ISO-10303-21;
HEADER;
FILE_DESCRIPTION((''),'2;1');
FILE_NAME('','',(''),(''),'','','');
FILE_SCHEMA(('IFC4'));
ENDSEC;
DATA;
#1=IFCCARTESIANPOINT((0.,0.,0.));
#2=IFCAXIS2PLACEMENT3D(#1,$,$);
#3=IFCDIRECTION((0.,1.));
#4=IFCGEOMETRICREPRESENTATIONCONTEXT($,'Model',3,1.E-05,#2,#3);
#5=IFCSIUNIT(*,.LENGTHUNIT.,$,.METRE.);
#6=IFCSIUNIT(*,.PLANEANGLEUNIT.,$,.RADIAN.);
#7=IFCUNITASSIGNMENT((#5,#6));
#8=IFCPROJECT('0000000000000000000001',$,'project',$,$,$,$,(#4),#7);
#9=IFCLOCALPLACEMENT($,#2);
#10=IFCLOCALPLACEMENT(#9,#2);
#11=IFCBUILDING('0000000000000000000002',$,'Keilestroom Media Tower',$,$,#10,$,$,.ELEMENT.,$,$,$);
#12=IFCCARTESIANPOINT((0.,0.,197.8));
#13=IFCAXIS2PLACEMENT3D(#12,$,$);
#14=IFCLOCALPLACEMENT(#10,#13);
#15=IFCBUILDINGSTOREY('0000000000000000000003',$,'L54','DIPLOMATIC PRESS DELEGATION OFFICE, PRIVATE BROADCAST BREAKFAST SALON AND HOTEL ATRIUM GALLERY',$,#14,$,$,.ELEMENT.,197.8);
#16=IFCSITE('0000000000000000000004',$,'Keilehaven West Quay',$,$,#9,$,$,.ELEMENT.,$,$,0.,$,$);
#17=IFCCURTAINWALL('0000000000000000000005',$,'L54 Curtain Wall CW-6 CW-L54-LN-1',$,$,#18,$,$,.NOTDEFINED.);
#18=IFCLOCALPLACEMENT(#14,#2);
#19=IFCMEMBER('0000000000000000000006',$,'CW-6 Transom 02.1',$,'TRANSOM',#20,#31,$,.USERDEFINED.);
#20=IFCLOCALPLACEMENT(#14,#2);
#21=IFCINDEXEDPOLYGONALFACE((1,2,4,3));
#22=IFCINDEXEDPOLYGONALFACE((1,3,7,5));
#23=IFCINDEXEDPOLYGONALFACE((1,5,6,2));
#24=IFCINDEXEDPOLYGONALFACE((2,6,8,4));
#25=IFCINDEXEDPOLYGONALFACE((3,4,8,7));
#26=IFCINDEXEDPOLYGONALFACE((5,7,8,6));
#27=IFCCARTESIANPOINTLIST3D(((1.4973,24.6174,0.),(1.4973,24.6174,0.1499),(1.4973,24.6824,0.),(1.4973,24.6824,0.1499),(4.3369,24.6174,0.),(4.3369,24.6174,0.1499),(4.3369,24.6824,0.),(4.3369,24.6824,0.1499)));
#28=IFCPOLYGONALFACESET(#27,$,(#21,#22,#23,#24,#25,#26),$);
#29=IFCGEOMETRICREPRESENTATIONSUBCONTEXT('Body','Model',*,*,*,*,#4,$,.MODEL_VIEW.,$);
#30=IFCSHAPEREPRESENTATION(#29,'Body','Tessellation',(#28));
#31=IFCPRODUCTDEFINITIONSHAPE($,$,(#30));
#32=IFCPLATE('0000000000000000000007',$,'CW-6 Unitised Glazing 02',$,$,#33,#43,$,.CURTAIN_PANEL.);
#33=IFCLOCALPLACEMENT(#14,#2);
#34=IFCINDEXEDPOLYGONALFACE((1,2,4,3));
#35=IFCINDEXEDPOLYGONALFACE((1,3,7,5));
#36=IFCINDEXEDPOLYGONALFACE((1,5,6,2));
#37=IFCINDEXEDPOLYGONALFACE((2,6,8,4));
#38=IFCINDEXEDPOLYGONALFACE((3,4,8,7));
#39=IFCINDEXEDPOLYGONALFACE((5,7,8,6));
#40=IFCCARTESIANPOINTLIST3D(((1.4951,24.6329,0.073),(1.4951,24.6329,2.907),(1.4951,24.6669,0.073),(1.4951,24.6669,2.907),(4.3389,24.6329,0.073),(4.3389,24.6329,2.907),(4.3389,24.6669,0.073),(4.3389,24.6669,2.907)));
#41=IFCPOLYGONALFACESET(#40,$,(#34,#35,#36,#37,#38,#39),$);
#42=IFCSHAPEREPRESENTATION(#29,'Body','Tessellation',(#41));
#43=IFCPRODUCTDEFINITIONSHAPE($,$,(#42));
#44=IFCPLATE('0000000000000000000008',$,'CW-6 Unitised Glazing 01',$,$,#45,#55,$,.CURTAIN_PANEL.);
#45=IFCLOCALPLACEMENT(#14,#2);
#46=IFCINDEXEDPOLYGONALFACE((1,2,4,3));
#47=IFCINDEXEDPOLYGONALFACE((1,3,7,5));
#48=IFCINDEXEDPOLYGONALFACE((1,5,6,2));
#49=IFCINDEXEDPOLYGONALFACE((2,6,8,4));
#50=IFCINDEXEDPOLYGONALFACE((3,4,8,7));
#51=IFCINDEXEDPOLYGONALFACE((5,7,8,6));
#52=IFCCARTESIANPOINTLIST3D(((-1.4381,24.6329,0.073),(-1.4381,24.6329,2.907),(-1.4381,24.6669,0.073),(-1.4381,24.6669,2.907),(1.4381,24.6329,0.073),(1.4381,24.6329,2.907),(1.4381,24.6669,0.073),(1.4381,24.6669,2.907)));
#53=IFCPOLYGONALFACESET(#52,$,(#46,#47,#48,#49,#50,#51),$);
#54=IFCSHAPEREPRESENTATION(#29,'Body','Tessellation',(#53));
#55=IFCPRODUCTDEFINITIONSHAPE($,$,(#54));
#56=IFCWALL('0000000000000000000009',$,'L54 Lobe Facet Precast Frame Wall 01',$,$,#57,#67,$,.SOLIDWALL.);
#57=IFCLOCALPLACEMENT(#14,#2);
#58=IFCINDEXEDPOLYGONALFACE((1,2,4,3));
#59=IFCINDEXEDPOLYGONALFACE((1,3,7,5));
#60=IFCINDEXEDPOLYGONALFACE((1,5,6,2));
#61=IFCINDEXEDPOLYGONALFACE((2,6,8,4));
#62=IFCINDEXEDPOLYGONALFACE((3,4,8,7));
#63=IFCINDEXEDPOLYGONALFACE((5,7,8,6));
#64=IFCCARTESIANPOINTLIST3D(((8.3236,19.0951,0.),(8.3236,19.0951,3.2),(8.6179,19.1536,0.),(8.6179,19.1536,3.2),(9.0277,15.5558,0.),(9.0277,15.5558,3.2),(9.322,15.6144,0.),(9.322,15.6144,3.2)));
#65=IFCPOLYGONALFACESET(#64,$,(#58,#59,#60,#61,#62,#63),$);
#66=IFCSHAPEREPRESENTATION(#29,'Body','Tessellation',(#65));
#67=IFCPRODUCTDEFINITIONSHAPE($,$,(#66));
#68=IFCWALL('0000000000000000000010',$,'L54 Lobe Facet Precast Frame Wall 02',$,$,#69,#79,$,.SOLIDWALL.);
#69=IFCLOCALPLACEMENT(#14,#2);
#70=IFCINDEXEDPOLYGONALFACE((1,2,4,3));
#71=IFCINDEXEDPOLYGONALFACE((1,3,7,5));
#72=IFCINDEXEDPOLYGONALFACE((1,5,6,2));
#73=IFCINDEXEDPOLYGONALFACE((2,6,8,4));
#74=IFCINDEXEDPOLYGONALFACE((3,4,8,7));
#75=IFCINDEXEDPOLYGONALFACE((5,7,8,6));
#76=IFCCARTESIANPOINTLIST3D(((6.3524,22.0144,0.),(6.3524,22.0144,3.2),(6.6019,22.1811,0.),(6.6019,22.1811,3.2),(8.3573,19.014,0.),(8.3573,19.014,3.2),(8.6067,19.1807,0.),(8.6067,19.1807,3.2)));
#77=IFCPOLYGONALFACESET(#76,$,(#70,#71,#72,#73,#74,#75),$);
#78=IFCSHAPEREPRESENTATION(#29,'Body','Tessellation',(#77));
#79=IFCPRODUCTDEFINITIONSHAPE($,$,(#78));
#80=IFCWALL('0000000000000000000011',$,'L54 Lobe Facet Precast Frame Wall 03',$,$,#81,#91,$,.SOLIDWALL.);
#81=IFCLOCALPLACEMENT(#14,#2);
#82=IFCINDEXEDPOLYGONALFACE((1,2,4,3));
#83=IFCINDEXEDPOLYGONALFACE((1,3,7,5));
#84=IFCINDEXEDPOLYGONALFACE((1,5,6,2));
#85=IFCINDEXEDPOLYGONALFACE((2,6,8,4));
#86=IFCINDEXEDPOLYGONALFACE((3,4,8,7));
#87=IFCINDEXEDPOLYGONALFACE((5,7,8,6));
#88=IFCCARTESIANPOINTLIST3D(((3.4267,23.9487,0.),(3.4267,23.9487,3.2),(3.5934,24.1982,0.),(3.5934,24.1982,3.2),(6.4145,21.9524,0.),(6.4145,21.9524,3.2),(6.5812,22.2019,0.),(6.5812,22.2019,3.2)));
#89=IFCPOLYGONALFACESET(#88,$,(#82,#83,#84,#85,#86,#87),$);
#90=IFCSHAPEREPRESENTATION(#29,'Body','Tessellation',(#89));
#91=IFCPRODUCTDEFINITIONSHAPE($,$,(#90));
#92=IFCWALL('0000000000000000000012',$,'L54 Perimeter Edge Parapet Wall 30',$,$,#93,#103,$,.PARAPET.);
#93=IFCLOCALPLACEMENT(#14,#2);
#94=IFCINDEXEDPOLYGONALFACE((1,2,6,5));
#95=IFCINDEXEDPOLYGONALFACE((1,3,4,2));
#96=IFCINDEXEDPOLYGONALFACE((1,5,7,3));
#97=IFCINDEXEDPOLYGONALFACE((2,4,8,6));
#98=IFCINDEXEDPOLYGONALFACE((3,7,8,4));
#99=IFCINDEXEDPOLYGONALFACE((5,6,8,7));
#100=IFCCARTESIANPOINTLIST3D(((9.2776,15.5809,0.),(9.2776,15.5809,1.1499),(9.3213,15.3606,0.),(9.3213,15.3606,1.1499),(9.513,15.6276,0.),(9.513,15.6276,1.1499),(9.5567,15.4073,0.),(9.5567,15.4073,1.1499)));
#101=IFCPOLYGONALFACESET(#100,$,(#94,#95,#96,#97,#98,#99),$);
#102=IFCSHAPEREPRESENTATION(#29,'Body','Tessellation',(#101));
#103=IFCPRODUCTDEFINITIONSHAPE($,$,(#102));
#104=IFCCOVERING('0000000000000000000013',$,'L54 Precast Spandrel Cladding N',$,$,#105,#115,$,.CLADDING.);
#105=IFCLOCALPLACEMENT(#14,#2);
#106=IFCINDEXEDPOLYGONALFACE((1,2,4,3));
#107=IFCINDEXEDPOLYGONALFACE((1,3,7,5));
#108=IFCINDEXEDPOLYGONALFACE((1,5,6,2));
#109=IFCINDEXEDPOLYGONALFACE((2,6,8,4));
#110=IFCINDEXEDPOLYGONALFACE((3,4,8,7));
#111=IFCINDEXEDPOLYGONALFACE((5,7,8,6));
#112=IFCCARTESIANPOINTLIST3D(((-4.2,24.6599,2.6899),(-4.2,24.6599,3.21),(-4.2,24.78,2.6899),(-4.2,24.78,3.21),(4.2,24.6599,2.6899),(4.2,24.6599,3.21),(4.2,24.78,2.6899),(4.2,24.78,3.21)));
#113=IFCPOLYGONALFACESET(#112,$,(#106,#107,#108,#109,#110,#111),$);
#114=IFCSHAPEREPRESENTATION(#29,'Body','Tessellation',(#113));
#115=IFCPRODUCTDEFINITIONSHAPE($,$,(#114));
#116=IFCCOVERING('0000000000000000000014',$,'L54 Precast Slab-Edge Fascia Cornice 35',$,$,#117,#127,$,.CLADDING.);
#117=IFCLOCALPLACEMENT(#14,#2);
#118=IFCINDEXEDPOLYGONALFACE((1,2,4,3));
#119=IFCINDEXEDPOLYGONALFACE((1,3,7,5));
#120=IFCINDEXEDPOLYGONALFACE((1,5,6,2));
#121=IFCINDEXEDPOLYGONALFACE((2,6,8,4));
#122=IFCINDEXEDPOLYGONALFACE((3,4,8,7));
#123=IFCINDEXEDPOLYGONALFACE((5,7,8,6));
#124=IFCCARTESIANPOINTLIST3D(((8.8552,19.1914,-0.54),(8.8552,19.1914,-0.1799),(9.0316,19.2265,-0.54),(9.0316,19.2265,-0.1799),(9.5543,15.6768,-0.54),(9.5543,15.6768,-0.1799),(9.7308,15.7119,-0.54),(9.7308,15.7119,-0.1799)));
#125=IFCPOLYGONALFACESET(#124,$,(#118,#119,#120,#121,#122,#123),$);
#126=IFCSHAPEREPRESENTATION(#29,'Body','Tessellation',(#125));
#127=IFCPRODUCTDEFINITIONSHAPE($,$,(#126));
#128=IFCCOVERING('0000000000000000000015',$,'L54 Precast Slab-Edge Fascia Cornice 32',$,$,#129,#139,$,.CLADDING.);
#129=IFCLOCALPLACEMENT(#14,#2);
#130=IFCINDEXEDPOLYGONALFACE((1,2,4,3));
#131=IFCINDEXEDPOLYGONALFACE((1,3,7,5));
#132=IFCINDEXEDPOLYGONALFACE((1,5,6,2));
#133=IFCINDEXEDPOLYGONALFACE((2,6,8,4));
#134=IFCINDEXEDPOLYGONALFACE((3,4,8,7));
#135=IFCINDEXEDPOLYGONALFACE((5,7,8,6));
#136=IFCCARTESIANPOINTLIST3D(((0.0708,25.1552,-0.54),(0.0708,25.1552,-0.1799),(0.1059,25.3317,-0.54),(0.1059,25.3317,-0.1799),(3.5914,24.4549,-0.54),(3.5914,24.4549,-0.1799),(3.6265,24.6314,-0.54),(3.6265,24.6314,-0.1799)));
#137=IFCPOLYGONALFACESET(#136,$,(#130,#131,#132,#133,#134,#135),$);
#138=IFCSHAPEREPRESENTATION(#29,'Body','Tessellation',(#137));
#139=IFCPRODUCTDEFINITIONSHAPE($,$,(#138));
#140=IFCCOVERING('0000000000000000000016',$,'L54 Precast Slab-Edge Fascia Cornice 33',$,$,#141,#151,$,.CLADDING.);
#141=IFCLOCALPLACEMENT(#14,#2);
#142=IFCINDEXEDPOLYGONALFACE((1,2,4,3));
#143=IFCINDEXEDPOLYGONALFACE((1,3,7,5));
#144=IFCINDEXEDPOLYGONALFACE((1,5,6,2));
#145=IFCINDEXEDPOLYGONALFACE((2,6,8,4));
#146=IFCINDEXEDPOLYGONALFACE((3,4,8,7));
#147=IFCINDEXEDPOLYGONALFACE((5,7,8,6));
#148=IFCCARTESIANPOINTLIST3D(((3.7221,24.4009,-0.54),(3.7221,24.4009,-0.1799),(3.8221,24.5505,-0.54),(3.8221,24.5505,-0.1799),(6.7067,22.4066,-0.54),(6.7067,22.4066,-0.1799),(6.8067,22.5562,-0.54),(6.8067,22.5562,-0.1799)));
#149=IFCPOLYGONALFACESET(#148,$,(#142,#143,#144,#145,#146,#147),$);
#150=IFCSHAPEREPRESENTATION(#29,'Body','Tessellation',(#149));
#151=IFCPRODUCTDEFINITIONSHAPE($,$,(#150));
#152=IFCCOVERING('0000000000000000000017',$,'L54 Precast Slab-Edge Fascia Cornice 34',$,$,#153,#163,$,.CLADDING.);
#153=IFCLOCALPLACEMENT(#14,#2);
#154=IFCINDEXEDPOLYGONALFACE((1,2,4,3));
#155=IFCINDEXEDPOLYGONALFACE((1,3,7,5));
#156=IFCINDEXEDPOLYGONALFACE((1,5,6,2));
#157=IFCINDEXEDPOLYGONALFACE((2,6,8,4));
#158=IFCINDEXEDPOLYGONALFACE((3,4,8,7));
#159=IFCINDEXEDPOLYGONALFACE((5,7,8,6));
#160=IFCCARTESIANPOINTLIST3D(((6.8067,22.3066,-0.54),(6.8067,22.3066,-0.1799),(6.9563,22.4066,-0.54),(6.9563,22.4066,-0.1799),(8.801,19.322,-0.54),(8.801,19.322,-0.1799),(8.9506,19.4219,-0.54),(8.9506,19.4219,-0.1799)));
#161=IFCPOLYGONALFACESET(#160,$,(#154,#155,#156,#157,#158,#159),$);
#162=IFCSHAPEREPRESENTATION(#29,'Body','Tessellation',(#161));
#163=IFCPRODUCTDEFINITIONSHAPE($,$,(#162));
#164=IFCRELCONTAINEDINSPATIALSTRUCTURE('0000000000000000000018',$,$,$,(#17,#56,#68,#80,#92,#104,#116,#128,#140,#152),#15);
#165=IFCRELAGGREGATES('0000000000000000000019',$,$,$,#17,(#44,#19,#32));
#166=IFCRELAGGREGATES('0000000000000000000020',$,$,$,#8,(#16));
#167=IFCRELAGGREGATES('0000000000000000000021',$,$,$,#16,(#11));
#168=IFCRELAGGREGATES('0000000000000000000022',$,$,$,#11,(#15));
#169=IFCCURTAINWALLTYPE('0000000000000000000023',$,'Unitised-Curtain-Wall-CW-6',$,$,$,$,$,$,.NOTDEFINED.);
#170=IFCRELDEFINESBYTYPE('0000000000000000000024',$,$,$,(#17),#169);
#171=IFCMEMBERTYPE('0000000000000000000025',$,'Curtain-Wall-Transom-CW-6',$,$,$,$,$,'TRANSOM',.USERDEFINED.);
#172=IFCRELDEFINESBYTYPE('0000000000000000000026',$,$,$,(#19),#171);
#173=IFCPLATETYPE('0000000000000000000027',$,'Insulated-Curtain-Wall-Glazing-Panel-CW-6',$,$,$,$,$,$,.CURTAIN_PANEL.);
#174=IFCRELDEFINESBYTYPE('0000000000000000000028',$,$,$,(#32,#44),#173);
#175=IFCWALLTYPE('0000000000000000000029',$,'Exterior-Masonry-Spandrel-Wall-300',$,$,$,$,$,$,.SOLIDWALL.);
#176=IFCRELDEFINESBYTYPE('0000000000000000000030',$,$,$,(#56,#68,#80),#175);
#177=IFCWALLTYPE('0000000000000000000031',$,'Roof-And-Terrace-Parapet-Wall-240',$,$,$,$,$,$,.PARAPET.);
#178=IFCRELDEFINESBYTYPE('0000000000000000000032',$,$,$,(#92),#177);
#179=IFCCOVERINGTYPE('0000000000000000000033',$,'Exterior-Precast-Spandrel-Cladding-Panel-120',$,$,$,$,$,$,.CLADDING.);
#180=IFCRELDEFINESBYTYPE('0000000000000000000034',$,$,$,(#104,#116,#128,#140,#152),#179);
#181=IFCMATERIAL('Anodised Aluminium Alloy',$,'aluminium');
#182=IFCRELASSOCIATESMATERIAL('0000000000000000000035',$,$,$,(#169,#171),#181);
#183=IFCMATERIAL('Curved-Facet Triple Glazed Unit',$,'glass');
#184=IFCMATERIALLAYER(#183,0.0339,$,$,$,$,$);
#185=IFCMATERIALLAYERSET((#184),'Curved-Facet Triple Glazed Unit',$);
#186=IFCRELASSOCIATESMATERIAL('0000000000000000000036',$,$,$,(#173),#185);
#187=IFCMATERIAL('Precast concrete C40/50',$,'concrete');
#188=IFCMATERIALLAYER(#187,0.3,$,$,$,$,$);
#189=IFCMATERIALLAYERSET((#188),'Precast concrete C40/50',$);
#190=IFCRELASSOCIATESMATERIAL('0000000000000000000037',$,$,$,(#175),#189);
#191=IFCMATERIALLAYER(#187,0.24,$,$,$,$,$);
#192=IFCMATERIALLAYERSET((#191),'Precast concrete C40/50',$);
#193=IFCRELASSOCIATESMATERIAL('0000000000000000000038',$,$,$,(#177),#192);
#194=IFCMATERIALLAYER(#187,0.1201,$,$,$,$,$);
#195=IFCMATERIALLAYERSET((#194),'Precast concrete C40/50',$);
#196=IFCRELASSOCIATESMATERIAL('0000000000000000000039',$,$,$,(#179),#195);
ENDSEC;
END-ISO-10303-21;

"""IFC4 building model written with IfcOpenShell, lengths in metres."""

from ifc_helpers import new_model, si_unit, direction, frame, frame_2d, origin, origin_2d, place, context, subcontext, project, spatial, rectangle, extrude, source, transform, mapped, material, layer, layer_set, material_profile, profile_set, type_object, element, aggregate, save


model = new_model("IFC4")

# Units and contexts
model_context = context("Model", 3, precision=1e-05, world=origin(), true_north=direction((0.0, 1.0)))
body_context = subcontext(model_context, "Body", "Model", "MODEL_VIEW")
ifc_project = project(units=[si_unit("LENGTHUNIT", "METRE"), si_unit("PLANEANGLEUNIT", "RADIAN")], contexts=[model_context])

# Site, building, storey
site_placement = place(None, origin())
site = spatial("IfcSite", under=ifc_project, at=site_placement, Name="Keilehaven West Quay", CompositionType="ELEMENT", RefElevation=0.0)
building_placement = place(site_placement, origin())
building = spatial("IfcBuilding", under=site, at=building_placement, Name="Keilestroom Media Tower", CompositionType="ELEMENT")
storey_placement = place(building_placement, frame((0.0, 0.0, 197.8)))
storey = spatial("IfcBuildingStorey", under=building, at=storey_placement, Name="L54", Description="DIPLOMATIC PRESS DELEGATION OFFICE, PRIVATE BROADCAST BREAKFAST SALON AND HOTEL ATRIUM GALLERY", CompositionType="ELEMENT", Elevation=197.8)

# Curtain wall, member, plates
ifc_material_1 = material(Name="Anodised Aluminium Alloy", Category="aluminium")
curtain_wall_type = type_object("IfcCurtainWallType", Name="Unitised-Curtain-Wall-CW-6", PredefinedType="NOTDEFINED", material=ifc_material_1)
curtain_wall_placement = place(storey_placement, origin())
curtain_wall = element("IfcCurtainWall", 1, at=curtain_wall_placement, inside=storey, type_object=curtain_wall_type, Name="L54 Curtain Wall CW-6 CW-L54-LN-1", PredefinedType="NOTDEFINED")
ifc_material_profile_1 = material_profile(ifc_material_1, rectangle(XDim=0.0649, YDim=0.1499, at=origin_2d()), Name="ALU TRANSOM 65x150")
ifc_profile_set_1 = profile_set([ifc_material_profile_1], Name="Anodised Aluminium Alloy")
member_type_1 = type_object("IfcMemberType", Name="Curtain-Wall-Transom-CW-6", ElementType="TRANSOM", PredefinedType="USERDEFINED", material=ifc_profile_set_1)
shared_shape_1 = source(origin(), body_context, "Body", "SweptSolid", [
    extrude(rectangle(XDim=0.0649, YDim=0.1499, at=origin_2d()), origin(), (0.0, 0.0, 1.0), 2.8396),
])
member_1_placement = place(storey_placement, frame((1.4973, 24.6499, 0.075), z_axis=(1.0, 0.0, 0.0), x_axis=(0.0, 1.0, 0.0)))
member_1 = element("IfcMember", 2, at=member_1_placement, type_object=member_type_1, Name="CW-6 Transom 02.1", ObjectType="TRANSOM", PredefinedType="USERDEFINED", context=body_context, shape_type="MappedRepresentation", body=[
    mapped(shared_shape_1, transform((0.0, 0.0, 0.0), x_axis=(1.0, 0.0, 0.0), y_axis=(0.0, 1.0, 0.0), z_axis=(0.0, 0.0, 1.0), scale=1.0)),
])
ifc_material_2 = material(Name="Curved-Facet Triple Glazed Unit", Category="glass")
ifc_layer_1 = layer(ifc_material_2, 0.0339)
ifc_layer_set_1 = layer_set([ifc_layer_1], Name="Curved-Facet Triple Glazed Unit")
plate_type = type_object("IfcPlateType", Name="Insulated-Curtain-Wall-Glazing-Panel-CW-6", PredefinedType="CURTAIN_PANEL", material=ifc_layer_set_1)
shared_shape_2 = source(origin(), body_context, "Body", "SweptSolid", [
    extrude(rectangle(XDim=2.8438, YDim=0.0339, at=origin_2d()), origin(), (0.0, 0.0, 1.0), 2.834),
])
plate_1_placement = place(storey_placement, frame((2.917, 24.6499, 0.073), z_axis=(0.0, 0.0, 1.0), x_axis=(1.0, 0.0, 0.0)))
plate_1 = element("IfcPlate", 3, at=plate_1_placement, type_object=plate_type, Name="CW-6 Unitised Glazing 02", PredefinedType="CURTAIN_PANEL", context=body_context, shape_type="MappedRepresentation", body=[
    mapped(shared_shape_2, transform((0.0, 0.0, 0.0), x_axis=(1.0, 0.0, 0.0), y_axis=(0.0, 1.0, 0.0), z_axis=(0.0, 0.0, 1.0), scale=1.0)),
])
shared_shape_3 = source(origin(), body_context, "Body", "SweptSolid", [
    extrude(rectangle(XDim=2.8762, YDim=0.0339, at=origin_2d()), origin(), (0.0, 0.0, 1.0), 2.834),
])
plate_2_placement = place(storey_placement, frame((0.0, 24.6499, 0.073), z_axis=(0.0, 0.0, 1.0), x_axis=(1.0, 0.0, 0.0)))
plate_2 = element("IfcPlate", 4, at=plate_2_placement, type_object=plate_type, Name="CW-6 Unitised Glazing 01", PredefinedType="CURTAIN_PANEL", context=body_context, shape_type="MappedRepresentation", body=[
    mapped(shared_shape_3, transform((0.0, 0.0, 0.0), x_axis=(1.0, 0.0, 0.0), y_axis=(0.0, 1.0, 0.0), z_axis=(0.0, 0.0, 1.0), scale=1.0)),
])
aggregate(curtain_wall, [plate_2, member_1, plate_1])

# Walls
ifc_material_3 = material(Name="Precast concrete C40/50", Category="concrete")
ifc_layer_2 = layer(ifc_material_3, 0.3)
ifc_layer_set_2 = layer_set([ifc_layer_2], Name="Precast concrete C40/50")
wall_type_1 = type_object("IfcWallType", Name="Exterior-Masonry-Spandrel-Wall-300", PredefinedType="SOLIDWALL", material=ifc_layer_set_2)
for number, where, z_axis, x_axis, name in (
    (5, (9.1748, 15.5852, 0.0), (0.0, 0.0, 1.0), (-0.195114, 0.980781, 0.0), "L54 Lobe Facet Precast Frame Wall 01"),
    (6, (8.4819, 19.0974, 0.0), (0.0, 0.0, 1.0), (-0.555574, 0.831467, 0.0), "L54 Lobe Facet Precast Frame Wall 02"),
):
    element("IfcWall", number, at=place(storey_placement, frame(where, z_axis=z_axis, x_axis=x_axis)), inside=storey, type_object=wall_type_1, Name=name, PredefinedType="SOLIDWALL", context=body_context, shape_type="SweptSolid", body=[
        extrude(rectangle(XDim=3.6086, YDim=0.3, at=frame_2d((1.8042, 0.0))), origin(), (0.0, 0.0, 1.0), 3.2),
    ])
wall_1_placement = place(storey_placement, frame((6.4978, 22.0771, 0.0), z_axis=(0.0, 0.0, 1.0), x_axis=(-0.831475, 0.555562, 0.0)))
element("IfcWall", 7, at=wall_1_placement, inside=storey, type_object=wall_type_1, Name="L54 Lobe Facet Precast Frame Wall 03", PredefinedType="SOLIDWALL", context=body_context, shape_type="SweptSolid", body=[
    extrude(rectangle(XDim=3.5933, YDim=0.3, at=frame_2d((1.7966, 0.0))), origin(), (0.0, 0.0, 1.0), 3.2),
])
ifc_layer_3 = layer(ifc_material_3, 0.24)
ifc_layer_set_3 = layer_set([ifc_layer_3], Name="Precast concrete C40/50")
wall_type_2 = type_object("IfcWallType", Name="Roof-And-Terrace-Parapet-Wall-240", PredefinedType="PARAPET", material=ifc_layer_set_3)
wall_2_placement = place(storey_placement, frame((9.3953, 15.6042, 0.0), z_axis=(0.0, 0.0, 1.0), x_axis=(0.194652, -0.980872, 0.0)))
element("IfcWall", 8, at=wall_2_placement, inside=storey, type_object=wall_type_2, Name="L54 Perimeter Edge Parapet Wall 30", PredefinedType="PARAPET", context=body_context, shape_type="SweptSolid", body=[
    extrude(rectangle(XDim=0.2246, YDim=0.24, at=frame_2d((0.1123, 0.0))), origin(), (0.0, 0.0, 1.0), 1.1499),
])

# Coverings
ifc_layer_4 = layer(ifc_material_3, 0.1201)
ifc_layer_set_4 = layer_set([ifc_layer_4], Name="Precast concrete C40/50")
covering_type = type_object("IfcCoveringType", Name="Exterior-Precast-Spandrel-Cladding-Panel-120", PredefinedType="CLADDING", material=ifc_layer_set_4)
shared_shape_4 = source(origin(), body_context, "Body", "SweptSolid", [
    extrude(rectangle(XDim=8.3999, YDim=0.1201, at=origin_2d()), origin(), (0.0, 0.0, 1.0), 0.52),
])
covering_1_placement = place(storey_placement, frame((0.0, 24.72, 2.6899), z_axis=(0.0, 0.0, 1.0), x_axis=(1.0, 0.0, 0.0)))
element("IfcCovering", 9, at=covering_1_placement, inside=storey, type_object=covering_type, Name="L54 Precast Spandrel Cladding N", PredefinedType="CLADDING", context=body_context, shape_type="MappedRepresentation", body=[
    mapped(shared_shape_4, transform((0.0, 0.0, 0.0), x_axis=(1.0, 0.0, 0.0), y_axis=(0.0, 1.0, 0.0), z_axis=(0.0, 0.0, 1.0), scale=1.0)),
])
shared_shape_5 = source(origin(), body_context, "Body", "SweptSolid", [
    extrude(rectangle(XDim=3.5835, YDim=0.1799, at=origin_2d()), origin(), (0.0, 0.0, 1.0), 0.3601),
])
covering_2_placement = place(storey_placement, frame((9.293, 17.4517, -0.54), z_axis=(0.0, 0.0, 1.0), x_axis=(0.195099, -0.980784, 0.0)))
element("IfcCovering", 10, at=covering_2_placement, inside=storey, type_object=covering_type, Name="L54 Precast Slab-Edge Fascia Cornice 35", PredefinedType="CLADDING", context=body_context, shape_type="MappedRepresentation", body=[
    mapped(shared_shape_5, transform((0.0, 0.0, 0.0), x_axis=(1.0, 0.0, 0.0), y_axis=(0.0, 1.0, 0.0), z_axis=(0.0, 0.0, 1.0), scale=1.0)),
])
shared_shape_6 = source(origin(), body_context, "Body", "SweptSolid", [
    extrude(rectangle(XDim=3.5896, YDim=0.1799, at=origin_2d()), origin(), (0.0, 0.0, 1.0), 0.3601),
])
for number, where, z_axis, x_axis, name in (
    (11, (1.8486, 24.8933, -0.54), (0.0, 0.0, 1.0), (0.980784, -0.195099, 0.0), "L54 Precast Slab-Edge Fascia Cornice 32"),
    (12, (5.2644, 23.4785, -0.54), (0.0, 0.0, 1.0), (0.831467, -0.555575, 0.0), "L54 Precast Slab-Edge Fascia Cornice 33"),
    (13, (7.8787, 20.8643, -0.54), (0.0, 0.0, 1.0), (0.555575, -0.831467, 0.0), "L54 Precast Slab-Edge Fascia Cornice 34"),
):
    element("IfcCovering", number, at=place(storey_placement, frame(where, z_axis=z_axis, x_axis=x_axis)), inside=storey, type_object=covering_type, Name=name, PredefinedType="CLADDING", context=body_context, shape_type="MappedRepresentation", body=[
        mapped(shared_shape_6, transform((0.0, 0.0, 0.0), x_axis=(1.0, 0.0, 0.0), y_axis=(0.0, 1.0, 0.0), z_axis=(0.0, 0.0, 1.0), scale=1.0)),
    ])

save(model, "model.ifc")
